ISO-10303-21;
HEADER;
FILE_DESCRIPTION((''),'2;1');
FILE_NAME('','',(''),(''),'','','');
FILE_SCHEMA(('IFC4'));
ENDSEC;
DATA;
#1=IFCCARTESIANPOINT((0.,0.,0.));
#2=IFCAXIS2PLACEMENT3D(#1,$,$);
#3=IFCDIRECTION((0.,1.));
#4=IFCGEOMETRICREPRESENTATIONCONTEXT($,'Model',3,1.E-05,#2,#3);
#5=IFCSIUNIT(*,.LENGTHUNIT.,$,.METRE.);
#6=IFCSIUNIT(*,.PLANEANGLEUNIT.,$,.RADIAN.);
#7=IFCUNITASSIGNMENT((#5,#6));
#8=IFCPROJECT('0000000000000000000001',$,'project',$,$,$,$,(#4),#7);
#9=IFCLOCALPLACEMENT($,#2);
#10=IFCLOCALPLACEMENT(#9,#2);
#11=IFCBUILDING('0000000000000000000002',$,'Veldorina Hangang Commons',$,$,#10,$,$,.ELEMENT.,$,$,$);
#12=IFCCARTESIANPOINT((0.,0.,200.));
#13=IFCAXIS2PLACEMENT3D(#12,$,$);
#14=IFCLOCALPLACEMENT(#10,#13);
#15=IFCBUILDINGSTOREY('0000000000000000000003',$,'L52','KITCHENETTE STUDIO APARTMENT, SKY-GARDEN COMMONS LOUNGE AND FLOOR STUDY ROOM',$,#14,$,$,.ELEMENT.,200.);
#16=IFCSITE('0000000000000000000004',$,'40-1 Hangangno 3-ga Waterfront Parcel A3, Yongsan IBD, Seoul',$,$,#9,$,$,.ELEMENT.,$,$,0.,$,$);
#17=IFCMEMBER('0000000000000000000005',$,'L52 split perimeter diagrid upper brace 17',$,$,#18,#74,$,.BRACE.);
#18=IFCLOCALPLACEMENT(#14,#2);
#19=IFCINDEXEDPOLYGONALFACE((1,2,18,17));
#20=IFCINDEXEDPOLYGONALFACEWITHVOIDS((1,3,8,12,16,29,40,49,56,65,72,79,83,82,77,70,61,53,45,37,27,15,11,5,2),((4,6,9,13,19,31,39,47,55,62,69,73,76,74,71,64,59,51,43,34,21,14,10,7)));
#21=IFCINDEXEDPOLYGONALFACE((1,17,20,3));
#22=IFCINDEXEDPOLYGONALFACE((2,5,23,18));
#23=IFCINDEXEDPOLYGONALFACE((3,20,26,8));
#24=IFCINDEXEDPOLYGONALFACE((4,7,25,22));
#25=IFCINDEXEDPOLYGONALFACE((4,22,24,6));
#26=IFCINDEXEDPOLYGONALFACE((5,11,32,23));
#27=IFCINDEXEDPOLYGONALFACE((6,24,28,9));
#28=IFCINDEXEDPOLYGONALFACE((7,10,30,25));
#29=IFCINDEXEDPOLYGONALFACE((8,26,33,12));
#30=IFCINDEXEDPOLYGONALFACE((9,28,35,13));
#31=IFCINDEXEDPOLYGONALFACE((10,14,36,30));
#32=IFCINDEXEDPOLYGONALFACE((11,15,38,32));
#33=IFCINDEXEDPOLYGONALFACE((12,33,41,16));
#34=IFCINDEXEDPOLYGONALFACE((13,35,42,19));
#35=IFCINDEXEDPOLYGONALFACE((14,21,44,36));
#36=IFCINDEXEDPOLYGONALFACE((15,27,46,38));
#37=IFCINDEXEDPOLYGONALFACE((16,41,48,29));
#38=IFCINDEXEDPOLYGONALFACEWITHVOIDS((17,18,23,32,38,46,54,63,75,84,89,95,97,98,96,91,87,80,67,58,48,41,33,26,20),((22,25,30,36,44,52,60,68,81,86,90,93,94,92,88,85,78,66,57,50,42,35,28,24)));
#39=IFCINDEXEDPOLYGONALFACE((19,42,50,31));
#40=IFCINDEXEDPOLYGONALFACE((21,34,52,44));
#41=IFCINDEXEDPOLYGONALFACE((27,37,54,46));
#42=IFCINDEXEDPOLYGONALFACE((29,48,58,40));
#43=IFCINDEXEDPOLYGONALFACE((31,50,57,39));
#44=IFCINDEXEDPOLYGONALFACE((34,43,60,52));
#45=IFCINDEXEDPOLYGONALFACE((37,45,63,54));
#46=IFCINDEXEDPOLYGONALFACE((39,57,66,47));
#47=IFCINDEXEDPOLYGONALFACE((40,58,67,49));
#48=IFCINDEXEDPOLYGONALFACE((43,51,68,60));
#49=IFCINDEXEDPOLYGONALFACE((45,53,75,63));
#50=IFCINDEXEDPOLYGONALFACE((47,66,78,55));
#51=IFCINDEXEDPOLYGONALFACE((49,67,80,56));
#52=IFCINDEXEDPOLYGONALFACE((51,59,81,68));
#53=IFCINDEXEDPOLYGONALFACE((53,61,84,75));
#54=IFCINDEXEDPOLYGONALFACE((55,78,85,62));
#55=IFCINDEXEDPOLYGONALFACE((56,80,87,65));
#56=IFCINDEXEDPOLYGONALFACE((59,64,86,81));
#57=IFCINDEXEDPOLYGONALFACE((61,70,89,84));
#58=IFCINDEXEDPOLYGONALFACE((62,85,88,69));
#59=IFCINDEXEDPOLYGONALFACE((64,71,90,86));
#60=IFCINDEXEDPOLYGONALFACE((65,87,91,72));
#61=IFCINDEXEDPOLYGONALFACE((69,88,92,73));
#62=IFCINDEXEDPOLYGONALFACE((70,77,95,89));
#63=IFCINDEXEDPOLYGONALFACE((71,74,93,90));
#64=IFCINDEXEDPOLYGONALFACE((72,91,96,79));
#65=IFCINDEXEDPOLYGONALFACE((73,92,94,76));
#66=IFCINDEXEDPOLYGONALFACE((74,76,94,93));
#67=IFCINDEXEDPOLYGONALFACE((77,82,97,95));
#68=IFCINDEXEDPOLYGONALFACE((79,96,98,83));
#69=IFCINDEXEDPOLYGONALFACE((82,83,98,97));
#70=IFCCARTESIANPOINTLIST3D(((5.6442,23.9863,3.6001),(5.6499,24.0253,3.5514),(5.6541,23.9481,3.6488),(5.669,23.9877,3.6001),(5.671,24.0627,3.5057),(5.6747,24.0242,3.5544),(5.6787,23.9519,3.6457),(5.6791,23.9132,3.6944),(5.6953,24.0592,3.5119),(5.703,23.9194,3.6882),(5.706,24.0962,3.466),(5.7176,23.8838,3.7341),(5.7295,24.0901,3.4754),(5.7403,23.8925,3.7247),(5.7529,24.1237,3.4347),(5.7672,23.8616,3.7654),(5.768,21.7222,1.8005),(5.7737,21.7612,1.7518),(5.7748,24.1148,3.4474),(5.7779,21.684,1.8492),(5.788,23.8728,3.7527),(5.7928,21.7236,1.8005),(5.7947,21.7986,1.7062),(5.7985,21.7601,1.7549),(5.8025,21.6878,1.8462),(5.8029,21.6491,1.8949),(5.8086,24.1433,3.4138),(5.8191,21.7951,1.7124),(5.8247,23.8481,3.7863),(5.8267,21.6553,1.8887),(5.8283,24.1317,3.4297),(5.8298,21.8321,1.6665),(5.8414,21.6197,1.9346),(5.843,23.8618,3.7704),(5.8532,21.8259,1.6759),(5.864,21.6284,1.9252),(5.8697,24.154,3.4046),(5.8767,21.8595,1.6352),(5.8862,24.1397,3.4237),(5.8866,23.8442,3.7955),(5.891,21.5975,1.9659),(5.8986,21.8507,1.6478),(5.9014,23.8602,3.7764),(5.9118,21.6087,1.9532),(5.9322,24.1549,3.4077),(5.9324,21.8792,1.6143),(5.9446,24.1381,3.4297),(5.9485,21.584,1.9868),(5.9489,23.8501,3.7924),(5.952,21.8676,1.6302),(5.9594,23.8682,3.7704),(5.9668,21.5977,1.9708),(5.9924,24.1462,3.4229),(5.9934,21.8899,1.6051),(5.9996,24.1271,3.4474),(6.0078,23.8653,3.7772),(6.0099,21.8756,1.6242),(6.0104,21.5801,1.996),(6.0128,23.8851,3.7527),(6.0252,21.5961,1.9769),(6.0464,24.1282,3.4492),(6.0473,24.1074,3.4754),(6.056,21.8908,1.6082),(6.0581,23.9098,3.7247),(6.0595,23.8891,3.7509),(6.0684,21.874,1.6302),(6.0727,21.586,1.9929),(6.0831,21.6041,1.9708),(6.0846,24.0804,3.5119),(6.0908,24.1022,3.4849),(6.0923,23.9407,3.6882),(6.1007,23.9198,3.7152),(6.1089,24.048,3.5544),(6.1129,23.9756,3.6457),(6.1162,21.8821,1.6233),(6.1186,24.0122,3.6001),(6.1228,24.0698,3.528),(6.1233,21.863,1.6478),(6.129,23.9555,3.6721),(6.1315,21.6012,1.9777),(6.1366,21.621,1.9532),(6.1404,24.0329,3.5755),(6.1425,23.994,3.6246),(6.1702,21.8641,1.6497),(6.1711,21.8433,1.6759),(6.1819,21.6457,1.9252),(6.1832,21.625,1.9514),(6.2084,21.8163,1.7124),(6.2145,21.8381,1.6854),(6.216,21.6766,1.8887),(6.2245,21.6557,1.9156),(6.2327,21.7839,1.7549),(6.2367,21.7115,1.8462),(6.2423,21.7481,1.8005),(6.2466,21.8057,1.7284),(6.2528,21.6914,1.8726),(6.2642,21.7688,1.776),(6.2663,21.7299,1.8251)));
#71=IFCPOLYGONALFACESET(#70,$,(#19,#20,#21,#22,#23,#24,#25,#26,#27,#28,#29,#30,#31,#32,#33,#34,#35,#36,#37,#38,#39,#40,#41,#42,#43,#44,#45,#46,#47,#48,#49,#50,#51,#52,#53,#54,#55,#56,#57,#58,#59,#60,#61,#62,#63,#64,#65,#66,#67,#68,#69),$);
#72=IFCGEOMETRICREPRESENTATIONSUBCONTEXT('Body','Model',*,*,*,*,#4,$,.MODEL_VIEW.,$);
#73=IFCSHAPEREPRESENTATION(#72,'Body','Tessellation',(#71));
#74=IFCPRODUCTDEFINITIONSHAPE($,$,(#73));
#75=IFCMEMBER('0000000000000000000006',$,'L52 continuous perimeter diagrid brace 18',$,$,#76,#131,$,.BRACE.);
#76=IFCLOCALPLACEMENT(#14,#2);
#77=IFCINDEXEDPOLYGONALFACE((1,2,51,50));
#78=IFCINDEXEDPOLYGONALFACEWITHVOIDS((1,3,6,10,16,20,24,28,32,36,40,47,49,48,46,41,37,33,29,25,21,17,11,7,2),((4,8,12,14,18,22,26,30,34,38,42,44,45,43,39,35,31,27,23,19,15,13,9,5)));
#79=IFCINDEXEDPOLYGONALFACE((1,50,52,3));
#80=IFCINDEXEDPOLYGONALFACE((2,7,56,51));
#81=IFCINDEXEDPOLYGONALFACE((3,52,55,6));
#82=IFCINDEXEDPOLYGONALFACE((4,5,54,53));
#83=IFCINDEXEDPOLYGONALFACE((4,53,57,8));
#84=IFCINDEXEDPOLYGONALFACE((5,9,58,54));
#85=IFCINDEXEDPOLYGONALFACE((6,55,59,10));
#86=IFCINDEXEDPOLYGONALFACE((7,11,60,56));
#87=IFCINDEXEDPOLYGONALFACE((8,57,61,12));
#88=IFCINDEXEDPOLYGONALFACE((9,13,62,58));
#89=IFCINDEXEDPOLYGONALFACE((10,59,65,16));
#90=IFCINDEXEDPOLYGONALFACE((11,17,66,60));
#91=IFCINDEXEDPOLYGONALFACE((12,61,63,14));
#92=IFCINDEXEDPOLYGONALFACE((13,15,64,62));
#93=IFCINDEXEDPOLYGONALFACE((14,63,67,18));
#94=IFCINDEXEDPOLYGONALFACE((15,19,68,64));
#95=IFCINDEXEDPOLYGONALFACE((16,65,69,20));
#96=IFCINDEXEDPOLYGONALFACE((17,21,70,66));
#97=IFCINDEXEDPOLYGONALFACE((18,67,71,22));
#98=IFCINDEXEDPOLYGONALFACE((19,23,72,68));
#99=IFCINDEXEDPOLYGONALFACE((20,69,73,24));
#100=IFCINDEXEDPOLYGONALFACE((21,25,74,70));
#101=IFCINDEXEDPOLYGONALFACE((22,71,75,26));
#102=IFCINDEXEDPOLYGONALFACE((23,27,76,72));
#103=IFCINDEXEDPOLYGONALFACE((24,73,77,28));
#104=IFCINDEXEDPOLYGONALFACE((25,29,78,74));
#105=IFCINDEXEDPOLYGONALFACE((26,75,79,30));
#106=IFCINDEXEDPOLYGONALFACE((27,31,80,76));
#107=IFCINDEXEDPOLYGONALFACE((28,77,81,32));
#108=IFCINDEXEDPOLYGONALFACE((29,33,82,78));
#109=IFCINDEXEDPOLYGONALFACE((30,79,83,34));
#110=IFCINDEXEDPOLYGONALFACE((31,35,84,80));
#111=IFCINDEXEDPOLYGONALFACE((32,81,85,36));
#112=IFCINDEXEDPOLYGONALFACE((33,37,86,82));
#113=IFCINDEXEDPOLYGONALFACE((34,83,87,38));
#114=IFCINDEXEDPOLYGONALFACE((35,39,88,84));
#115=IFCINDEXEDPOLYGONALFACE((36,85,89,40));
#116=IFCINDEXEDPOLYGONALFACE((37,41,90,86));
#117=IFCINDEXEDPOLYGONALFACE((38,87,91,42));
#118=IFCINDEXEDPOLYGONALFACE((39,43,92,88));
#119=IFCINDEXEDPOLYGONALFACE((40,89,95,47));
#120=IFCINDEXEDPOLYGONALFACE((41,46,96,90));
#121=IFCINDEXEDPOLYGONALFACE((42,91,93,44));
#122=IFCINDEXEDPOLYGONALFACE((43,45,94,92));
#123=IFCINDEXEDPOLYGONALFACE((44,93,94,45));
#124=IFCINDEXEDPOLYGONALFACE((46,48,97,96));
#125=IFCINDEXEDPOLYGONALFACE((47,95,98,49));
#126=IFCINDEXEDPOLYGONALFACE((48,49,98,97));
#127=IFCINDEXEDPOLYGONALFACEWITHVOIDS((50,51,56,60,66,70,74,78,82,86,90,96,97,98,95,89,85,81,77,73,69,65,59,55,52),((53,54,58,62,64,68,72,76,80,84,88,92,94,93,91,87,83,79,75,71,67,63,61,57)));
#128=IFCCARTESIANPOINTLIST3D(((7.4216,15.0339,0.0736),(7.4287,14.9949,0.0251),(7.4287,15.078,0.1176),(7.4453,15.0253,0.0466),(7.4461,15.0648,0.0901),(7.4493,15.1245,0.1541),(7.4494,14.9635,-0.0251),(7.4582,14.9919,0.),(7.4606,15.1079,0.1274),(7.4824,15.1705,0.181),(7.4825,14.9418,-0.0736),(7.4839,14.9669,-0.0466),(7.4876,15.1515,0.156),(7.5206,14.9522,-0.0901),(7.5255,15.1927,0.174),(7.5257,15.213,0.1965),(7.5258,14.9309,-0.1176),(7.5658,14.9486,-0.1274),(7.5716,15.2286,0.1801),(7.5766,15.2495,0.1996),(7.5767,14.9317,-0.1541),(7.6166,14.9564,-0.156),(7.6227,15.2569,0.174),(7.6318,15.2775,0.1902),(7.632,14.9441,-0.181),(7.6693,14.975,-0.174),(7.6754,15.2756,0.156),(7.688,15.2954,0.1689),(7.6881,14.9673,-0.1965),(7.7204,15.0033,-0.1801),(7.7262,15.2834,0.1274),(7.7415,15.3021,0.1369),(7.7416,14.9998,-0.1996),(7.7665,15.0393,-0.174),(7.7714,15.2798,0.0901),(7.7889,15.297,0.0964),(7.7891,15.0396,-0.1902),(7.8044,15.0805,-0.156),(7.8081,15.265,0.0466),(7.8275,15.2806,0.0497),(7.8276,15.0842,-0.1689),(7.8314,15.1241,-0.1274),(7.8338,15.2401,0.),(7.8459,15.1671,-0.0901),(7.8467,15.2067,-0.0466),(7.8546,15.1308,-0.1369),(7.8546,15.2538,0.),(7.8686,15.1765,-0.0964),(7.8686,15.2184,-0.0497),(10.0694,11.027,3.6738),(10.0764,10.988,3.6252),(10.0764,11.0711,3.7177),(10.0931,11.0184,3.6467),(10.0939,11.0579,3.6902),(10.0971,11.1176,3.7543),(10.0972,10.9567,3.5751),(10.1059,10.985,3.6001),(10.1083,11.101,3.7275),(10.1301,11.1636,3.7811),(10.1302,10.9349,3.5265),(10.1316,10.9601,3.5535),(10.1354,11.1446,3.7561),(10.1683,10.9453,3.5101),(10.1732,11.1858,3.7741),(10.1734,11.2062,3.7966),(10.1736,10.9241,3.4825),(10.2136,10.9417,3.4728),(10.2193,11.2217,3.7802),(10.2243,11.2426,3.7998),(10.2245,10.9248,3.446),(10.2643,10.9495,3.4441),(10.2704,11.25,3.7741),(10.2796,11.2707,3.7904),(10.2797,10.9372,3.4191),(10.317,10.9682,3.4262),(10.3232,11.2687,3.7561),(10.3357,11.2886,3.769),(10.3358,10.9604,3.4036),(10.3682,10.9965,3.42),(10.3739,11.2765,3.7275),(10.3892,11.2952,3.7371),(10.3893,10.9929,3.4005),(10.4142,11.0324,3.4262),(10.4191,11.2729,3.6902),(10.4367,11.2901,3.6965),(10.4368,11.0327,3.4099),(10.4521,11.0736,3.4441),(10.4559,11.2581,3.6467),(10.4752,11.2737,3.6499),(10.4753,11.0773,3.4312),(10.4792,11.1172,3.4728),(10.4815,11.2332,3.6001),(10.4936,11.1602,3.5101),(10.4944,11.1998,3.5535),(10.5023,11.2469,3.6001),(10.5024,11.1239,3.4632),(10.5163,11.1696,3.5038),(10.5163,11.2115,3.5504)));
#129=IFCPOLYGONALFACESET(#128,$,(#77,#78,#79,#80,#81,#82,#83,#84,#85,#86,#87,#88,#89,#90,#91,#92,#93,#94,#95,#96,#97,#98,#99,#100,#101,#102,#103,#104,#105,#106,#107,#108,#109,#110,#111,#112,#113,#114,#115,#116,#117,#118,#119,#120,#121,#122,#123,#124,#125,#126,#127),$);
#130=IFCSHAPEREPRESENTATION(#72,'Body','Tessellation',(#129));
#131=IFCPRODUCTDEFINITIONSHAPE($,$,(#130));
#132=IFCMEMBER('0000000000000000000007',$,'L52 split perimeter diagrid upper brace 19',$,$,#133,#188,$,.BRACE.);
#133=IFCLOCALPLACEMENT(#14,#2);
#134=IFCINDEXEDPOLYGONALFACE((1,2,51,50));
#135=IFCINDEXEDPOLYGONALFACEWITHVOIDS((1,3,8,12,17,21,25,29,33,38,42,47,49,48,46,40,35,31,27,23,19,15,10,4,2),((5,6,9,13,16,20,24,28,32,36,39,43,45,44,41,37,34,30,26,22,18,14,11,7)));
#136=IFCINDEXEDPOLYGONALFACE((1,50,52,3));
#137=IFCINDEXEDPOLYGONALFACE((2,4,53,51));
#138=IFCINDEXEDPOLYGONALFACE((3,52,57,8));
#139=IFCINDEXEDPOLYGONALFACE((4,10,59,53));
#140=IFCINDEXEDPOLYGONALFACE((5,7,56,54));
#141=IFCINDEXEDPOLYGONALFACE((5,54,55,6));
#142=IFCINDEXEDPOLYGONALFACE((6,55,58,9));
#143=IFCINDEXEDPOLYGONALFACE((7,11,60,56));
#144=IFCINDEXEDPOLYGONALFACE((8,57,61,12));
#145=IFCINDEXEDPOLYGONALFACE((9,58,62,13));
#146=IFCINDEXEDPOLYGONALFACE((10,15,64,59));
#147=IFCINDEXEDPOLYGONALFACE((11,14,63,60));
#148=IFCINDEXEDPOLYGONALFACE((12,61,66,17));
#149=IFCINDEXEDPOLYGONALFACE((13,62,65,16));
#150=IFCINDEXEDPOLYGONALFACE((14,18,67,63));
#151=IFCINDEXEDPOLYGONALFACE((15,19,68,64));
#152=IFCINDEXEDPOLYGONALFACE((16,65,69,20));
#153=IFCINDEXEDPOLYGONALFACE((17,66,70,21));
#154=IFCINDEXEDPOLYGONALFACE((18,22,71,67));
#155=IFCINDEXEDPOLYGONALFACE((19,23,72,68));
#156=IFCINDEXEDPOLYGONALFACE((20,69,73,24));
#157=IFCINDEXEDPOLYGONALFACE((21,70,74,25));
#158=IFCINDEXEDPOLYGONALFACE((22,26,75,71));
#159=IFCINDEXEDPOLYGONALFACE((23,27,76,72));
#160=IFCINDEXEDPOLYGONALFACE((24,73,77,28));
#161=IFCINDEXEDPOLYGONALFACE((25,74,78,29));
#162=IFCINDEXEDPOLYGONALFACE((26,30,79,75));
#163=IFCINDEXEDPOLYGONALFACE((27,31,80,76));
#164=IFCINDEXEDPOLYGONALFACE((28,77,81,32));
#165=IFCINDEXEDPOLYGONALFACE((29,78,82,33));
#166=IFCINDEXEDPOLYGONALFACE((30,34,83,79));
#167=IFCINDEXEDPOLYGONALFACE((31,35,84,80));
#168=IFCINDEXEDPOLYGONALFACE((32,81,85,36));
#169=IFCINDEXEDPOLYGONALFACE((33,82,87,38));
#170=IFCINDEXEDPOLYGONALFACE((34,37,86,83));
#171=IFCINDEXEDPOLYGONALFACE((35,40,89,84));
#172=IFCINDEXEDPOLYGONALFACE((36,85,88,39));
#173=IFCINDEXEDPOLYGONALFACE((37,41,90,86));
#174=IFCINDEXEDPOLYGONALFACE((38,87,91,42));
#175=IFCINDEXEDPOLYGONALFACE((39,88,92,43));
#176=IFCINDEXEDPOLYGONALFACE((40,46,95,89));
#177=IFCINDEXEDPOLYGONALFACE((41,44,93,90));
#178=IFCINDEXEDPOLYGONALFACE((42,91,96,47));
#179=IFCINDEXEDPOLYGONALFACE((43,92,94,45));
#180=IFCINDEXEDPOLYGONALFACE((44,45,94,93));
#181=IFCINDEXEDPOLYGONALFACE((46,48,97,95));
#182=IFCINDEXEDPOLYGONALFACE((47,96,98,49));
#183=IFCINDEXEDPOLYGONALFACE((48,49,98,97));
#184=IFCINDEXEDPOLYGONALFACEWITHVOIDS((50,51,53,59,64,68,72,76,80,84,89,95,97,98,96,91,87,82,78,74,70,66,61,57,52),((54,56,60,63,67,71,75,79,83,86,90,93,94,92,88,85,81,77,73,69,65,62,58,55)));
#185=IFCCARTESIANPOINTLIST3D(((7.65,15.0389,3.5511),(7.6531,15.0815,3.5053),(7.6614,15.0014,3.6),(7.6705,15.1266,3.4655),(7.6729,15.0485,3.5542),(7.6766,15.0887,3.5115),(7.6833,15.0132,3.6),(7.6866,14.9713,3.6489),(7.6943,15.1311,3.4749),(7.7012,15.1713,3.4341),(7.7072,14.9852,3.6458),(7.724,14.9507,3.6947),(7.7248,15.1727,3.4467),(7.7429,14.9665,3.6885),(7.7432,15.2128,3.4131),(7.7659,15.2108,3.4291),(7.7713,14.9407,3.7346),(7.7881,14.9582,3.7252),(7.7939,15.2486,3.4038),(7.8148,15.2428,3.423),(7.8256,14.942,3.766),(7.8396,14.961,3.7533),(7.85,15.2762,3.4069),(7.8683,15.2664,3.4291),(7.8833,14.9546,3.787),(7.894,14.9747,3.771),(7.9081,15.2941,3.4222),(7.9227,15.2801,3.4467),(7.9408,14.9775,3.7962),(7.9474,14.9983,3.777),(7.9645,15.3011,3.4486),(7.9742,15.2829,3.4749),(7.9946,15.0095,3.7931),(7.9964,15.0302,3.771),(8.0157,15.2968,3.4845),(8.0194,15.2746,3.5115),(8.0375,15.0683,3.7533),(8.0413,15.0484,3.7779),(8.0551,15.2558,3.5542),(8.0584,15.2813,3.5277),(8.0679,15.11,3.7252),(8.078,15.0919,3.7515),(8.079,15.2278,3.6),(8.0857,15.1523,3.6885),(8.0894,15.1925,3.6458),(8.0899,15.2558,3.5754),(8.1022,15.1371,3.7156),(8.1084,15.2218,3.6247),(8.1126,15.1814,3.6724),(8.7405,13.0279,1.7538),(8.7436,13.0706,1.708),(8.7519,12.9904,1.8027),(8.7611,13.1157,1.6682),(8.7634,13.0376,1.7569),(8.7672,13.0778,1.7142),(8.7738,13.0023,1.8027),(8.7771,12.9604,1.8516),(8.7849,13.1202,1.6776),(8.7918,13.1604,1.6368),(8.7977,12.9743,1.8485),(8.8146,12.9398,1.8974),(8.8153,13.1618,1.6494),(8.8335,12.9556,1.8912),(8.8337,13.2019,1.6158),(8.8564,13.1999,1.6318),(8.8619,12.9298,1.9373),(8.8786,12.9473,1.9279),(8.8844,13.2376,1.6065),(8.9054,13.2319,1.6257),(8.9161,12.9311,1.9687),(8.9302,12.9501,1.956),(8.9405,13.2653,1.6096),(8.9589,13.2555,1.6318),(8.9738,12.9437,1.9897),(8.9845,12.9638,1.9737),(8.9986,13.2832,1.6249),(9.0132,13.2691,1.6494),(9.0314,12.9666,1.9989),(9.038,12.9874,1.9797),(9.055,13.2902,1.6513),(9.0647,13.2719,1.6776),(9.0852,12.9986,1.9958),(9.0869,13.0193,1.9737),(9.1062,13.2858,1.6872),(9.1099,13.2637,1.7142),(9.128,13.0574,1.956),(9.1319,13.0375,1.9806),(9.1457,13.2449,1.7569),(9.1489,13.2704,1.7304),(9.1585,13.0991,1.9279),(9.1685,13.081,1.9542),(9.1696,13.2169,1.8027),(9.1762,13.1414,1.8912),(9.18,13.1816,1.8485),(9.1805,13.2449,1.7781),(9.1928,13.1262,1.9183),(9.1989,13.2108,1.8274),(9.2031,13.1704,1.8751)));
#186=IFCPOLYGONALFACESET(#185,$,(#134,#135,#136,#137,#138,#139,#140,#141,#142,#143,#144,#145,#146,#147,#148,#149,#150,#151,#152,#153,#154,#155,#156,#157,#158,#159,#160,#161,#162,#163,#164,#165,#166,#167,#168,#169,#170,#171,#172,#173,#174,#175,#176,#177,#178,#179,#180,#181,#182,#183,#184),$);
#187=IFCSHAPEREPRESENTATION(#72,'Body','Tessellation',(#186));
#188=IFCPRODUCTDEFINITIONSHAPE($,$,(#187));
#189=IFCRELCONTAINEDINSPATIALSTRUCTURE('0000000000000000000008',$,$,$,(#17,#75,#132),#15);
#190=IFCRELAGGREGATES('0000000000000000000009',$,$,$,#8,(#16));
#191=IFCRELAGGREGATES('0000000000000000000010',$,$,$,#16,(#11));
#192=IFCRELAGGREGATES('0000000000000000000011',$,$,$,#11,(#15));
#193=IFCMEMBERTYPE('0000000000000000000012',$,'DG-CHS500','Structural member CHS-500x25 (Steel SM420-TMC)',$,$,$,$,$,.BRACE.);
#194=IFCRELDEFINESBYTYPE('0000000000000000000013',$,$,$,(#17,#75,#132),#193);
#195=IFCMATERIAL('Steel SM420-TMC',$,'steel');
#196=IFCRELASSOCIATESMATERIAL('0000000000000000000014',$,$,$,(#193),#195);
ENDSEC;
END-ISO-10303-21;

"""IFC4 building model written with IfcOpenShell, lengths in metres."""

from ifc_helpers import new_model, si_unit, direction, frame, origin, origin_2d, place, context, subcontext, project, spatial, hollow_circle, extrude, material, material_profile, profile_set, type_object, element, save


model = new_model("IFC4")

# Units and contexts
model_context = context("Model", 3, precision=1e-05, world=origin(), true_north=direction((0.0, 1.0)))
body_context = subcontext(model_context, "Body", "Model", "MODEL_VIEW")
ifc_project = project(units=[si_unit("LENGTHUNIT", "METRE"), si_unit("PLANEANGLEUNIT", "RADIAN")], contexts=[model_context])

# Site, building, storey
site_placement = place(None, origin())
site = spatial("IfcSite", under=ifc_project, at=site_placement, Name="40-1 Hangangno 3-ga Waterfront Parcel A3, Yongsan IBD, Seoul", CompositionType="ELEMENT", RefElevation=0.0)
building_placement = place(site_placement, origin())
building = spatial("IfcBuilding", under=site, at=building_placement, Name="Veldorina Hangang Commons", CompositionType="ELEMENT")
storey_placement = place(building_placement, frame((0.0, 0.0, 200.0)))
storey = spatial("IfcBuildingStorey", under=building, at=storey_placement, Name="L52", Description="KITCHENETTE STUDIO APARTMENT, SKY-GARDEN COMMONS LOUNGE AND FLOOR STUDY ROOM", CompositionType="ELEMENT", Elevation=200.0)

# Shared definitions
ifc_material_1 = material(Name="Steel SM420-TMC", Category="steel")

# Members
ifc_material_profile_1 = material_profile(ifc_material_1, hollow_circle(Radius=0.25, WallThickness=0.0249, at=origin_2d()), Name="CHS-500x25")
ifc_profile_set_1 = profile_set([ifc_material_profile_1], Name="Steel SM420-TMC")
member_type_1 = type_object("IfcMemberType", Name="DG-CHS500", Description="Structural member CHS-500x25 (Steel SM420-TMC)", PredefinedType="BRACE", material=ifc_profile_set_1)
member_1_placement = place(storey_placement, frame((6.0176, 21.7358, 1.8005), z_axis=(-0.042758, 0.782134, 0.621642), x_axis=(-0.998509, -0.054587, 0.0)))
element("IfcMember", 1, at=member_1_placement, inside=storey, type_object=member_type_1, Name="L52 split perimeter diagrid upper brace 17", PredefinedType="BRACE", context=body_context, shape_type="SweptSolid", body=[
    extrude(hollow_circle(Radius=0.25, WallThickness=0.0249, at=origin_2d()), origin(), (0.0, 0.0, 1.0), 2.8948),
])
member_2_placement = place(storey_placement, frame((7.646, 15.116, 0.0), z_axis=(0.441126, -0.667567, 0.599802), x_axis=(0.834304, 0.551305, 0.0)))
element("IfcMember", 2, at=member_2_placement, inside=storey, type_object=member_type_1, Name="L52 continuous perimeter diagrid brace 18", PredefinedType="BRACE", context=body_context, shape_type="SweptSolid", body=[
    extrude(hollow_circle(Radius=0.25, WallThickness=0.0249, at=origin_2d()), origin(), (0.0, 0.0, 1.0), 6.0022),
])
member_3_placement = place(storey_placement, frame((8.9717, 13.1096, 1.8027), z_axis=(-0.374861, 0.691231, 0.617802), x_axis=(-0.879055, -0.47672, 0.0)))
element("IfcMember", 3, at=member_3_placement, inside=storey, type_object=member_type_1, Name="L52 split perimeter diagrid upper brace 19", PredefinedType="BRACE", context=body_context, shape_type="SweptSolid", body=[
    extrude(hollow_circle(Radius=0.25, WallThickness=0.0249, at=origin_2d()), origin(), (0.0, 0.0, 1.0), 2.9092),
])

save(model, "model.ifc")
